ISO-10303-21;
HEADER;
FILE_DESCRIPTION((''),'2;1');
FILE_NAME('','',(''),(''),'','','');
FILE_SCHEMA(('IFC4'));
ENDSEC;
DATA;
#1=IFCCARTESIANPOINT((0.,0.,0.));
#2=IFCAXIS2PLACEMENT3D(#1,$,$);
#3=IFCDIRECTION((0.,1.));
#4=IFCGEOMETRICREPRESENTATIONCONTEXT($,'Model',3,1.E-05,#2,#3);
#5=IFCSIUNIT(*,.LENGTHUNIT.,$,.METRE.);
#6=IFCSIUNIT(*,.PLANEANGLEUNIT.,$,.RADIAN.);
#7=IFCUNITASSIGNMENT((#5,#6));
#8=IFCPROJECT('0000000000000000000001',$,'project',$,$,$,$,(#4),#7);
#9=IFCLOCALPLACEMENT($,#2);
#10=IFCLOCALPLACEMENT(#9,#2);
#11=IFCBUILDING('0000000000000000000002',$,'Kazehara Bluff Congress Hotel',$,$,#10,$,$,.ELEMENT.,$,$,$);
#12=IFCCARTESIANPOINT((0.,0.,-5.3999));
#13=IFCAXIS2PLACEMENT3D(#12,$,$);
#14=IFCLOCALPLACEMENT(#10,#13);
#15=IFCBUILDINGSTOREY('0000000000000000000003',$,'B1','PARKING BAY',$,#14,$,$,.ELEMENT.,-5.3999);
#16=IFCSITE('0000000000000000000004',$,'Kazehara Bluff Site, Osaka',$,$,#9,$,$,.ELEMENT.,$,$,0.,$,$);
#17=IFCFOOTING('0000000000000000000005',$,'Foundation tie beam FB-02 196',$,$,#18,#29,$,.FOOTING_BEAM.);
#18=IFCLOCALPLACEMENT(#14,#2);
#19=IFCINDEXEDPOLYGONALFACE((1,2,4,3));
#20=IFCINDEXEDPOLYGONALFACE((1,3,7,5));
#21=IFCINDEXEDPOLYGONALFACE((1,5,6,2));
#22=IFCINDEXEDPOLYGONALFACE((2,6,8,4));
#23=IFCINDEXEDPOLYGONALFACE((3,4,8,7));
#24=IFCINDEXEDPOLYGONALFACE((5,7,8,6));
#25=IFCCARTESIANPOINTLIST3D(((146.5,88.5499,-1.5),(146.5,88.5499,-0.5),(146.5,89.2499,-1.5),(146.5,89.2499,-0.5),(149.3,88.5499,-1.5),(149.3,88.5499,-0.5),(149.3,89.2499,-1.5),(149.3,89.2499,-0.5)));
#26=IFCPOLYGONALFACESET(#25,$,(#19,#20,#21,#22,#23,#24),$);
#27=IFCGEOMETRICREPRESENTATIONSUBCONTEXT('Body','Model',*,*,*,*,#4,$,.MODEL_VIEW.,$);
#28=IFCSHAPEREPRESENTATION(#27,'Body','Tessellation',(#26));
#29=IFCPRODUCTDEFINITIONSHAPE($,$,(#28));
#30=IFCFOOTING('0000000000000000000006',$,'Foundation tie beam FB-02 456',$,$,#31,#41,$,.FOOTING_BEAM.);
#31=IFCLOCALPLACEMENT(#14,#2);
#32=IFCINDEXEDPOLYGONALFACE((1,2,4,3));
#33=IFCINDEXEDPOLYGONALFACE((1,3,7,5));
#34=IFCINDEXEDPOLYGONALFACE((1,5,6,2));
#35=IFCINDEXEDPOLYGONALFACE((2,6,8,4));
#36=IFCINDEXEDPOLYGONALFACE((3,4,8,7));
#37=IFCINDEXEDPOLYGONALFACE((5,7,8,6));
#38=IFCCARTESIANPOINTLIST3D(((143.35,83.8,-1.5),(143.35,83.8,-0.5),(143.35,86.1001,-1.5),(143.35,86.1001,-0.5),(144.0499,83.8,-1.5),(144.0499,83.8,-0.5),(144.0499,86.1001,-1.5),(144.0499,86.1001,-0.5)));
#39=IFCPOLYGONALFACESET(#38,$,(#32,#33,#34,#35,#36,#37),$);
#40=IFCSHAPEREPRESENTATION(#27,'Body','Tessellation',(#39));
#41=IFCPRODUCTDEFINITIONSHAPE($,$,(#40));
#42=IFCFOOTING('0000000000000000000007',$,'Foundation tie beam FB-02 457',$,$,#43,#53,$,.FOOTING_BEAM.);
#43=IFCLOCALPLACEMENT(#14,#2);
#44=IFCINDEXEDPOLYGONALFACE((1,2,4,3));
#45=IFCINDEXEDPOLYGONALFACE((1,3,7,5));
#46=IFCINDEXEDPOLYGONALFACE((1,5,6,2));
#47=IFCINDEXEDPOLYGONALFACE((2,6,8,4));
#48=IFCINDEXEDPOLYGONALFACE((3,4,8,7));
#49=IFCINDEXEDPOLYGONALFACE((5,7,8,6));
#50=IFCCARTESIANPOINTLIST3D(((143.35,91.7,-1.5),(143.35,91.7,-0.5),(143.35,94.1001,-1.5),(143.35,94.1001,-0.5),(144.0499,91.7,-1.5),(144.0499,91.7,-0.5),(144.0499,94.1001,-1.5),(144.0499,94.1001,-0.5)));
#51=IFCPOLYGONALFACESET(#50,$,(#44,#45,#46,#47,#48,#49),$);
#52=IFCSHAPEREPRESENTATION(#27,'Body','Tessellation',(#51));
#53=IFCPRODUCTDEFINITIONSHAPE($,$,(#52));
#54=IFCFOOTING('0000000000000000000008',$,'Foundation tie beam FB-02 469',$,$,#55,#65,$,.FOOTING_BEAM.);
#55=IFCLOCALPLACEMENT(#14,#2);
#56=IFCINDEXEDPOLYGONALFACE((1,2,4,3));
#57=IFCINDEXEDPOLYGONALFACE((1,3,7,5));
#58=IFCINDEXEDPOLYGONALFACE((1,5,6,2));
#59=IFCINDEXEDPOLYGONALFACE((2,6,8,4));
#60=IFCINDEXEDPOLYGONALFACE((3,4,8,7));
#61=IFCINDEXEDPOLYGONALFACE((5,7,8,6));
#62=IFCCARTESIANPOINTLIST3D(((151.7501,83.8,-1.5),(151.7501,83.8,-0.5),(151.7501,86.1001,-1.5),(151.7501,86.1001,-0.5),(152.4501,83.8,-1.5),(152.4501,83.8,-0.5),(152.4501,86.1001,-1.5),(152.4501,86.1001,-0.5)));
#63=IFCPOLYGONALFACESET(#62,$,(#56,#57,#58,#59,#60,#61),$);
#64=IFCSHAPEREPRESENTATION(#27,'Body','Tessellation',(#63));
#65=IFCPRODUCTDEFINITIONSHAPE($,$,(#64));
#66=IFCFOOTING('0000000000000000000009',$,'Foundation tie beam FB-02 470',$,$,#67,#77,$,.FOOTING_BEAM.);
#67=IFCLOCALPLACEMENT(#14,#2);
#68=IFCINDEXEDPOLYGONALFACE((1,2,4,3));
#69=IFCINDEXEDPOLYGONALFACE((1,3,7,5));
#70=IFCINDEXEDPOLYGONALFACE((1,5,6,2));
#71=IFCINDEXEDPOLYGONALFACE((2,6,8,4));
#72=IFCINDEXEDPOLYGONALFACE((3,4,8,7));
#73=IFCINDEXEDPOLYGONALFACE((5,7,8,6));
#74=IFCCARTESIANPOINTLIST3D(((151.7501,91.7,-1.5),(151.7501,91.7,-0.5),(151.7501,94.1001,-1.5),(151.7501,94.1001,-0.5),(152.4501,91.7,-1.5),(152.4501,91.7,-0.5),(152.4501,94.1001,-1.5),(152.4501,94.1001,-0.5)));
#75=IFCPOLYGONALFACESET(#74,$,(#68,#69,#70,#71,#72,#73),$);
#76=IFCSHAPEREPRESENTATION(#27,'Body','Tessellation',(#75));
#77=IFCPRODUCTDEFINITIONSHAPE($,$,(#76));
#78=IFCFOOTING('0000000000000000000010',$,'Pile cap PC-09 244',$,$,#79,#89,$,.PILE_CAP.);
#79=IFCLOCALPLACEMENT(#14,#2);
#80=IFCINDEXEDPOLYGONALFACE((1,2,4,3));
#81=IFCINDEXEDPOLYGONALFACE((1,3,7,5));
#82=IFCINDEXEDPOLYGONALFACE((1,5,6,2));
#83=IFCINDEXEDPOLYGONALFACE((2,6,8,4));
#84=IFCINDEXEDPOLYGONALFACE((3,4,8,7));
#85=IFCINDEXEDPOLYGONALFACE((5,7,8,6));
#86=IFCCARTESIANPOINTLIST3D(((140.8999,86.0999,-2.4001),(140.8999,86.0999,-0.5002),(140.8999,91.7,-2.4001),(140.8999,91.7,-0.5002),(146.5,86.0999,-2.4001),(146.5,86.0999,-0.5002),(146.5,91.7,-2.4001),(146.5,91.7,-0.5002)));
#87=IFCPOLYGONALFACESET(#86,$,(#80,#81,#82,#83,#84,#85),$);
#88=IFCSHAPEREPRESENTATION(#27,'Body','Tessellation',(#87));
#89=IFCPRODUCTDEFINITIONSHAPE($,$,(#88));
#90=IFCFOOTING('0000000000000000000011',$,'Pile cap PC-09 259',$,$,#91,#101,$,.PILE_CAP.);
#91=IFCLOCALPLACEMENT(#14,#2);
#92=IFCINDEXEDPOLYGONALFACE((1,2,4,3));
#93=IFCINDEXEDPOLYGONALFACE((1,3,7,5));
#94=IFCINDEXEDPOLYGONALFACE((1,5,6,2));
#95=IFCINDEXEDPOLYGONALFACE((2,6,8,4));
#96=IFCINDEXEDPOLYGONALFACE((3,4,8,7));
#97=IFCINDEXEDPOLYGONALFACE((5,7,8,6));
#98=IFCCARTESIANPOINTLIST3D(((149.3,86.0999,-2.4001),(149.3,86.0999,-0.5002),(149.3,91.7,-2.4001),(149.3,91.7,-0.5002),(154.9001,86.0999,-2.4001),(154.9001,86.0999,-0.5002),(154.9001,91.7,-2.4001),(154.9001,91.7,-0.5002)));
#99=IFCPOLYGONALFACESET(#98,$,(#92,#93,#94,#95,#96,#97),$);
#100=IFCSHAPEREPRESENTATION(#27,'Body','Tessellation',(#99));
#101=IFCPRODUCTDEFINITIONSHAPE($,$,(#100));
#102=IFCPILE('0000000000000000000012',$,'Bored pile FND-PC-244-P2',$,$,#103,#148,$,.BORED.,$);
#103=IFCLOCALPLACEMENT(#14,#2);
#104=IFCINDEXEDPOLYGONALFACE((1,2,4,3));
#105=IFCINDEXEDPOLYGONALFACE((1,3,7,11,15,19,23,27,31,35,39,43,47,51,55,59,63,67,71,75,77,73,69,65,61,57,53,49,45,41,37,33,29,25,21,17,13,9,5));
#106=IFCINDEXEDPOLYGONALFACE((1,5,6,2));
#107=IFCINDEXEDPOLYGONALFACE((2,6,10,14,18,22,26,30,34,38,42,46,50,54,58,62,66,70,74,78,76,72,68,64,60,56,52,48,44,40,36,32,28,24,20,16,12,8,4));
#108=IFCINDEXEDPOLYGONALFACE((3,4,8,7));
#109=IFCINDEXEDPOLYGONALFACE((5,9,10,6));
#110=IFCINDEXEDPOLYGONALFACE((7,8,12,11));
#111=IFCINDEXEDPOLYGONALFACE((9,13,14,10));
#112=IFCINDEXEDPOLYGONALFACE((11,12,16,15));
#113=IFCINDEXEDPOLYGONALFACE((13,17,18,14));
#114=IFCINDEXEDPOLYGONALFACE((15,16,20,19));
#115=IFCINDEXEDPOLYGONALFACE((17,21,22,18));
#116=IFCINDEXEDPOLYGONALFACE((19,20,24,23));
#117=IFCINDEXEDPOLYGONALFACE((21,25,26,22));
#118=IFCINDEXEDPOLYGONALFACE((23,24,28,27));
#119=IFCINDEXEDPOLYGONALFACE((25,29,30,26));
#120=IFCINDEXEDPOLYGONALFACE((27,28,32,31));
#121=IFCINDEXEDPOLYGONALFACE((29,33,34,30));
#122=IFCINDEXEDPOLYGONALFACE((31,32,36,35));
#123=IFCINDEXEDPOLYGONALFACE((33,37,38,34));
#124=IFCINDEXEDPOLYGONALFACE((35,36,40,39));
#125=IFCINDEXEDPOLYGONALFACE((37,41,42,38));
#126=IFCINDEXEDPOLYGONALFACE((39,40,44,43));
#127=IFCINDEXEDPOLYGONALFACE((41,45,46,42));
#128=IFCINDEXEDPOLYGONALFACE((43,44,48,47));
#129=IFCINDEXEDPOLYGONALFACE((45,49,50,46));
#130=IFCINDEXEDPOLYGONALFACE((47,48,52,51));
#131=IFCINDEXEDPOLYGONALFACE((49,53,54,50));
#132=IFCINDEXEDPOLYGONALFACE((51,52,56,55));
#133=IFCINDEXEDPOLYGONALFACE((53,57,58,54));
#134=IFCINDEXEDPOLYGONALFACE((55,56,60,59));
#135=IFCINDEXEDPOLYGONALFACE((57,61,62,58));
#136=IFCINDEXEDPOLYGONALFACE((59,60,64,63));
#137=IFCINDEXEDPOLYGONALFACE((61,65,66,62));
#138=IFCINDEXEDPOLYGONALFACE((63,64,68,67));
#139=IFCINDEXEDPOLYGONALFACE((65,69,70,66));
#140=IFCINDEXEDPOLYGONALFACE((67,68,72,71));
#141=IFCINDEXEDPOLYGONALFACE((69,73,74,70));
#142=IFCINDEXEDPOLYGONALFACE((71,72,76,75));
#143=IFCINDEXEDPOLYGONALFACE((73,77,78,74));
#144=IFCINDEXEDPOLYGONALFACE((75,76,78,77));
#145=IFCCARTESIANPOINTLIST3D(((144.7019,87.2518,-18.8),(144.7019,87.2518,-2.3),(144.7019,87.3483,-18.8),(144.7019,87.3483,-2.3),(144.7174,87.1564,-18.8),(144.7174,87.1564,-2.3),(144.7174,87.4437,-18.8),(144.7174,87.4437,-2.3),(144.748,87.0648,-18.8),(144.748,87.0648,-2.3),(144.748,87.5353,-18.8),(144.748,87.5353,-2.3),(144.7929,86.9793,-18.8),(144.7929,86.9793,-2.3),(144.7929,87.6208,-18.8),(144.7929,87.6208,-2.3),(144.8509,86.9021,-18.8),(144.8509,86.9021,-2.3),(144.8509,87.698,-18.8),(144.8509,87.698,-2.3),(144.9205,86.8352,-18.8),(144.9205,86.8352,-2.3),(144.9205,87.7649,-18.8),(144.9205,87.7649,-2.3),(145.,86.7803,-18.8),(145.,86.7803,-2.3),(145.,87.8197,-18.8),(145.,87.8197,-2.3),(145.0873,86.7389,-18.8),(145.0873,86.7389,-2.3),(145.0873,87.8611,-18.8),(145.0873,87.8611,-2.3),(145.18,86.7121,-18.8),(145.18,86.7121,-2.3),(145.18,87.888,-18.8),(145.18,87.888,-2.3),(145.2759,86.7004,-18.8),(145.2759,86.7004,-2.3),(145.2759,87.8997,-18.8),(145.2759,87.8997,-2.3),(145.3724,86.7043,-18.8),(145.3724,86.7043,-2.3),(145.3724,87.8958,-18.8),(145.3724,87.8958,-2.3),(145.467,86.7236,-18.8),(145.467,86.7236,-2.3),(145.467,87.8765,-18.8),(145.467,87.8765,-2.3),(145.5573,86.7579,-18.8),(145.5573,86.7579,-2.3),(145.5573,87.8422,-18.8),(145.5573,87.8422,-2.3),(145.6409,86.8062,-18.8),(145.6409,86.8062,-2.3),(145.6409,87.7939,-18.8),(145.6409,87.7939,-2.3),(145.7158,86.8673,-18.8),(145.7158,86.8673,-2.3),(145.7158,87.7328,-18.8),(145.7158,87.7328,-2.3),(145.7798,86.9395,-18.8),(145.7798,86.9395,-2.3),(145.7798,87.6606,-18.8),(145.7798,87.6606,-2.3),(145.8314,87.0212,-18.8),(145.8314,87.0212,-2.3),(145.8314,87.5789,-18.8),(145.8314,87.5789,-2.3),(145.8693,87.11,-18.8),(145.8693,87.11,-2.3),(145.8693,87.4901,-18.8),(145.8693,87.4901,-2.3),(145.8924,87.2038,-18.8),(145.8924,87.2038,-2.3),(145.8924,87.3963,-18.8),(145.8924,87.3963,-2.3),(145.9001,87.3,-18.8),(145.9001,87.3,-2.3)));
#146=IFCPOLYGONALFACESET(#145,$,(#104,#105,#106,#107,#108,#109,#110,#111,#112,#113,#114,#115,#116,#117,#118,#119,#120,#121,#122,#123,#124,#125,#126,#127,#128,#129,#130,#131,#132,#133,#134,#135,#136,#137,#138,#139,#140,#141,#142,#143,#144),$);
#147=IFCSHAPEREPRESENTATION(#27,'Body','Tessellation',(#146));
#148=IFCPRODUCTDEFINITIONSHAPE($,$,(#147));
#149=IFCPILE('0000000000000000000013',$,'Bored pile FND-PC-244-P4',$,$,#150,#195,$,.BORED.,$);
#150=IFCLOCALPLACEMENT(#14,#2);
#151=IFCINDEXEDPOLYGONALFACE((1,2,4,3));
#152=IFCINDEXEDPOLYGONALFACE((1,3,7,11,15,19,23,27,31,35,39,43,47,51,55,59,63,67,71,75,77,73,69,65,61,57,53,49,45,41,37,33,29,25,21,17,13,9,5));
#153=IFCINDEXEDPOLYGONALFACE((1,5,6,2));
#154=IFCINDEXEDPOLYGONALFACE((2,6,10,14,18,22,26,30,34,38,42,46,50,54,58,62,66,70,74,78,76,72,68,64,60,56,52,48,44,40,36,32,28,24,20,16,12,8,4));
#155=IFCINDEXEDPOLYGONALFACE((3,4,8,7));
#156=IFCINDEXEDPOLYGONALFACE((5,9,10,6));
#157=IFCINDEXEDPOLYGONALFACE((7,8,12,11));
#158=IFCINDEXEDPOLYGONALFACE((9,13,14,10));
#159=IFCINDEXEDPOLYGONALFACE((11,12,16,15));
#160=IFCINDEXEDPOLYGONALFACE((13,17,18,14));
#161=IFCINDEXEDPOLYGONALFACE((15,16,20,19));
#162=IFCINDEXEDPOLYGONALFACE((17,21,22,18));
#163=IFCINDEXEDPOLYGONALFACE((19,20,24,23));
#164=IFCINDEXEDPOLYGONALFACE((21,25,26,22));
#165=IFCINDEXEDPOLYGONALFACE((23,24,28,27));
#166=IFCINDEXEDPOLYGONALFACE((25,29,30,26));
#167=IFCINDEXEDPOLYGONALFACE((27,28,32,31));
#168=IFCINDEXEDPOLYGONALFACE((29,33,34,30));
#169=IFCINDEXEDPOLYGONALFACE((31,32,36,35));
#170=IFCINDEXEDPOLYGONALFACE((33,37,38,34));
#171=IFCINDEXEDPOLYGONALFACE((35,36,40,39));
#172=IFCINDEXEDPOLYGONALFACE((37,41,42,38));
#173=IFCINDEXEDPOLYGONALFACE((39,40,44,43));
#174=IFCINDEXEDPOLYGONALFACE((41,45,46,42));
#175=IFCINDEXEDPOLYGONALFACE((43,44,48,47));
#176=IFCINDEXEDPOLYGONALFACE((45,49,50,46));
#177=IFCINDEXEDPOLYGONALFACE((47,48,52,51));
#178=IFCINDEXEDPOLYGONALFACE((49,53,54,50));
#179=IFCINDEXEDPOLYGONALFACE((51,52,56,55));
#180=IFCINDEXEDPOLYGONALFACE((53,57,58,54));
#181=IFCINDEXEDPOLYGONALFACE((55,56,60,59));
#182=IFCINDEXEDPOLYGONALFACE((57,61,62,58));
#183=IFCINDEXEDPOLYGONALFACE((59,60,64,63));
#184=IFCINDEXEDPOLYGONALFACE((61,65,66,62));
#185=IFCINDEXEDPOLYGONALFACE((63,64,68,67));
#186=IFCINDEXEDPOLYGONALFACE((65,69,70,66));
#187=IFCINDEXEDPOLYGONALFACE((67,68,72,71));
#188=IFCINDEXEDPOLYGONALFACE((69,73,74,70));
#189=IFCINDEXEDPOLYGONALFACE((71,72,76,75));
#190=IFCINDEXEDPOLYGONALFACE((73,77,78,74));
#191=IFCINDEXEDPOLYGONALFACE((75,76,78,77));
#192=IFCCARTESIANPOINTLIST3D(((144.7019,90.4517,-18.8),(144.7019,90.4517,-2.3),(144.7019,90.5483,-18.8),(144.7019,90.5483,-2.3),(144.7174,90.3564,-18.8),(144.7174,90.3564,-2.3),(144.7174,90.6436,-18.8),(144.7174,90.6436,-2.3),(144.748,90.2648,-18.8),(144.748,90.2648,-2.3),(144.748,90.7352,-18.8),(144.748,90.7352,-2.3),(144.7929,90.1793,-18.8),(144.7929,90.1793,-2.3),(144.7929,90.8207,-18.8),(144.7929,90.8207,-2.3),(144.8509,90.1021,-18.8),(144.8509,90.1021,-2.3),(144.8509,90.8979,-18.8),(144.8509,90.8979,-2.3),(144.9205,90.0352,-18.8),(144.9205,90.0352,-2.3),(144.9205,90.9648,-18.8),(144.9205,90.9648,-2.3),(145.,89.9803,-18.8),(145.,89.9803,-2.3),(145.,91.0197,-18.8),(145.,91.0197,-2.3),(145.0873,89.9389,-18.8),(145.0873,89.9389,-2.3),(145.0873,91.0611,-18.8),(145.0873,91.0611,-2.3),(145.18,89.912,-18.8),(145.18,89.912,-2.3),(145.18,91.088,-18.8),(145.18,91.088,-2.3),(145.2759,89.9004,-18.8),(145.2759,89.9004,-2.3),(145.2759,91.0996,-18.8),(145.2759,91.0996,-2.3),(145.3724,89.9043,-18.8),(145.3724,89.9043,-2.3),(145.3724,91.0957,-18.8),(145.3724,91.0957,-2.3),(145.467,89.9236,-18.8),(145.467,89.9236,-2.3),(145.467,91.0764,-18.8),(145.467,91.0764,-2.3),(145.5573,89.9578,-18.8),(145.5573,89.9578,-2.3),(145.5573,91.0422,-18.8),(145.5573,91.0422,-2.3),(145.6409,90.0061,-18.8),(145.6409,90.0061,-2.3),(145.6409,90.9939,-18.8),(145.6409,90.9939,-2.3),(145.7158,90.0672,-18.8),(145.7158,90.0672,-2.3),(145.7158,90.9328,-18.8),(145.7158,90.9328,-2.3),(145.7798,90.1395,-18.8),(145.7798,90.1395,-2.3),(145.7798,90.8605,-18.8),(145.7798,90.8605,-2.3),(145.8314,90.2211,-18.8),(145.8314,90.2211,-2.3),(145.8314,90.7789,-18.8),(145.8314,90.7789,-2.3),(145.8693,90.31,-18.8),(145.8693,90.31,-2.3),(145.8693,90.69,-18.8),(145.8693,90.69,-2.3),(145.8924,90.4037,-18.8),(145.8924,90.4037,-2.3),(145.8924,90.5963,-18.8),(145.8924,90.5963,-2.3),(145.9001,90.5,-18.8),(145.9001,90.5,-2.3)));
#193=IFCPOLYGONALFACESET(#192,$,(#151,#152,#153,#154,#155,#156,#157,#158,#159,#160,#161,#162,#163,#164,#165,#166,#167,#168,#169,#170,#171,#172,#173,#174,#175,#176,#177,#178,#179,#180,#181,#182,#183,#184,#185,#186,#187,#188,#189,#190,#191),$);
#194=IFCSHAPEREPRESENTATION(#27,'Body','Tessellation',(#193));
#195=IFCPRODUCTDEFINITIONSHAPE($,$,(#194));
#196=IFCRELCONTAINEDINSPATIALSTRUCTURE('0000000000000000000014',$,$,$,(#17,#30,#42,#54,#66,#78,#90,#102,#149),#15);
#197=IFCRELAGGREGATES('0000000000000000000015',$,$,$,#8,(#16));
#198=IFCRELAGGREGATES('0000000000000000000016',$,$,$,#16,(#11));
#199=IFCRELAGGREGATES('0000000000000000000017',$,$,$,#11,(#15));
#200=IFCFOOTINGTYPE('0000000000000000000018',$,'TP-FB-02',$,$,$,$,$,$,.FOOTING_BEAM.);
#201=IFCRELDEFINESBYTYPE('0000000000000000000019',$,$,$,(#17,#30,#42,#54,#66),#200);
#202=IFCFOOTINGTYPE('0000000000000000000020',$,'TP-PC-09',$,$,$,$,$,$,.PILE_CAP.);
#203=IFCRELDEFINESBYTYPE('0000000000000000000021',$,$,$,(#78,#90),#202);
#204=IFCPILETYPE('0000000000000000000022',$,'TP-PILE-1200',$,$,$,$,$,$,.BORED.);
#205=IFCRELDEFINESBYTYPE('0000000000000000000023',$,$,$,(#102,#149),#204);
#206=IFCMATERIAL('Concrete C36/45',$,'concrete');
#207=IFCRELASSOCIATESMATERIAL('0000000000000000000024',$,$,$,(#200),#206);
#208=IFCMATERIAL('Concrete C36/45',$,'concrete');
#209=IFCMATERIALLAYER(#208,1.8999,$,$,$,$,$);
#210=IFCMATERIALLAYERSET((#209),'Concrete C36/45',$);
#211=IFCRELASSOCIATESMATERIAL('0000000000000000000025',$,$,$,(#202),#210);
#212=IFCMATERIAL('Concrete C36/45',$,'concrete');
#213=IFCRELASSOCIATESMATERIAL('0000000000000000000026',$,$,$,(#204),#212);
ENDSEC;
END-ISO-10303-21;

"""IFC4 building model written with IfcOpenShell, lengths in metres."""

from ifc_helpers import new_model, si_unit, direction, frame, origin, origin_2d, place, context, subcontext, project, spatial, rectangle, circle, extrude, material, layer, layer_set, material_profile, profile_set, type_object, element, save


model = new_model("IFC4")

# Units and contexts
model_context = context("Model", 3, precision=1e-05, world=origin(), true_north=direction((0.0, 1.0)))
body_context = subcontext(model_context, "Body", "Model", "MODEL_VIEW")
ifc_project = project(units=[si_unit("LENGTHUNIT", "METRE"), si_unit("PLANEANGLEUNIT", "RADIAN")], contexts=[model_context])

# Site, building, storey
site_placement = place(None, origin())
site = spatial("IfcSite", under=ifc_project, at=site_placement, Name="Kazehara Bluff Site, Osaka", CompositionType="ELEMENT", RefElevation=0.0)
building_placement = place(site_placement, origin())
building = spatial("IfcBuilding", under=site, at=building_placement, Name="Kazehara Bluff Congress Hotel", CompositionType="ELEMENT")
storey_placement = place(building_placement, frame((0.0, 0.0, -5.3999)))
storey = spatial("IfcBuildingStorey", under=building, at=storey_placement, Name="B1", Description="PARKING BAY", CompositionType="ELEMENT", Elevation=-5.3999)

# Footings
ifc_material_1 = material(Name="Concrete C36/45", Category="concrete")
ifc_material_profile_1 = material_profile(ifc_material_1, rectangle(XDim=0.7, YDim=1.0, at=origin_2d()))
ifc_profile_set_1 = profile_set([ifc_material_profile_1], Name="Concrete C36/45")
footing_type_1 = type_object("IfcFootingType", Name="TP-FB-02", PredefinedType="FOOTING_BEAM", material=ifc_profile_set_1)
footing_1_placement = place(storey_placement, frame((146.5, 88.8999, -1.0), z_axis=(1.0, 0.0, 0.0), x_axis=(0.0, 1.0, 0.0)))
element("IfcFooting", 1, at=footing_1_placement, inside=storey, type_object=footing_type_1, Name="Foundation tie beam FB-02 196", PredefinedType="FOOTING_BEAM", context=body_context, shape_type="SweptSolid", body=[
    extrude(rectangle(XDim=0.7, YDim=1.0, at=origin_2d()), origin(), (0.0, 0.0, 1.0), 2.8),
])
footing_2_placement = place(storey_placement, frame((143.7, 83.8, -1.0), z_axis=(0.0, 1.0, 0.0), x_axis=(-1.0, 0.0, 0.0)))
element("IfcFooting", 2, at=footing_2_placement, inside=storey, type_object=footing_type_1, Name="Foundation tie beam FB-02 456", PredefinedType="FOOTING_BEAM", context=body_context, shape_type="SweptSolid", body=[
    extrude(rectangle(XDim=0.7, YDim=1.0, at=origin_2d()), origin(), (0.0, 0.0, 1.0), 2.3),
])
footing_3_placement = place(storey_placement, frame((143.7, 91.7, -1.0), z_axis=(0.0, 1.0, 0.0), x_axis=(-1.0, 0.0, 0.0)))
element("IfcFooting", 3, at=footing_3_placement, inside=storey, type_object=footing_type_1, Name="Foundation tie beam FB-02 457", PredefinedType="FOOTING_BEAM", context=body_context, shape_type="SweptSolid", body=[
    extrude(rectangle(XDim=0.7, YDim=1.0, at=origin_2d()), origin(), (0.0, 0.0, 1.0), 2.4001),
])
footing_4_placement = place(storey_placement, frame((152.1001, 83.8, -1.0), z_axis=(0.0, 1.0, 0.0), x_axis=(-1.0, 0.0, 0.0)))
element("IfcFooting", 4, at=footing_4_placement, inside=storey, type_object=footing_type_1, Name="Foundation tie beam FB-02 469", PredefinedType="FOOTING_BEAM", context=body_context, shape_type="SweptSolid", body=[
    extrude(rectangle(XDim=0.7, YDim=1.0, at=origin_2d()), origin(), (0.0, 0.0, 1.0), 2.3),
])
footing_5_placement = place(storey_placement, frame((152.1001, 91.7, -1.0), z_axis=(0.0, 1.0, 0.0), x_axis=(-1.0, 0.0, 0.0)))
element("IfcFooting", 5, at=footing_5_placement, inside=storey, type_object=footing_type_1, Name="Foundation tie beam FB-02 470", PredefinedType="FOOTING_BEAM", context=body_context, shape_type="SweptSolid", body=[
    extrude(rectangle(XDim=0.7, YDim=1.0, at=origin_2d()), origin(), (0.0, 0.0, 1.0), 2.4001),
])
ifc_material_2 = material(Name="Concrete C36/45", Category="concrete")
ifc_layer = layer(ifc_material_2, 1.8999)
ifc_layer_set = layer_set([ifc_layer], Name="Concrete C36/45")
footing_type_2 = type_object("IfcFootingType", Name="TP-PC-09", PredefinedType="PILE_CAP", material=ifc_layer_set)
for number, where, z_axis, x_axis, name in (
    (6, (143.7, 88.8999, -2.4001), (0.0, 0.0, 1.0), (1.0, 0.0, 0.0), "Pile cap PC-09 244"),
    (7, (152.1001, 88.8999, -2.4001), (0.0, 0.0, 1.0), (1.0, 0.0, 0.0), "Pile cap PC-09 259"),
):
    element("IfcFooting", number, at=place(storey_placement, frame(where, z_axis=z_axis, x_axis=x_axis)), inside=storey, type_object=footing_type_2, Name=name, PredefinedType="PILE_CAP", context=body_context, shape_type="SweptSolid", body=[
        extrude(rectangle(XDim=5.6001, YDim=5.6001, at=origin_2d()), origin(), (0.0, 0.0, 1.0), 1.8999),
    ])

# Piles
ifc_material_3 = material(Name="Concrete C36/45", Category="concrete")
ifc_material_profile_2 = material_profile(ifc_material_3, circle(Radius=0.6001, at=origin_2d()))
ifc_profile_set_2 = profile_set([ifc_material_profile_2], Name="Concrete C36/45")
pile_type_1 = type_object("IfcPileType", Name="TP-PILE-1200", PredefinedType="BORED", material=ifc_profile_set_2)
for number, where, z_axis, x_axis, name in (
    (8, (145.3, 87.3, -2.3), (0.0, 0.0, -1.0), (1.0, 0.0, 0.0), "Bored pile FND-PC-244-P2"),
    (9, (145.3, 90.5, -2.3), (0.0, 0.0, -1.0), (1.0, 0.0, 0.0), "Bored pile FND-PC-244-P4"),
):
    element("IfcPile", number, at=place(storey_placement, frame(where, z_axis=z_axis, x_axis=x_axis)), inside=storey, type_object=pile_type_1, Name=name, PredefinedType="BORED", context=body_context, shape_type="SweptSolid", body=[
        extrude(circle(Radius=0.6001, at=origin_2d()), origin(), (0.0, 0.0, 1.0), 16.5),
    ])

save(model, "model.ifc")
